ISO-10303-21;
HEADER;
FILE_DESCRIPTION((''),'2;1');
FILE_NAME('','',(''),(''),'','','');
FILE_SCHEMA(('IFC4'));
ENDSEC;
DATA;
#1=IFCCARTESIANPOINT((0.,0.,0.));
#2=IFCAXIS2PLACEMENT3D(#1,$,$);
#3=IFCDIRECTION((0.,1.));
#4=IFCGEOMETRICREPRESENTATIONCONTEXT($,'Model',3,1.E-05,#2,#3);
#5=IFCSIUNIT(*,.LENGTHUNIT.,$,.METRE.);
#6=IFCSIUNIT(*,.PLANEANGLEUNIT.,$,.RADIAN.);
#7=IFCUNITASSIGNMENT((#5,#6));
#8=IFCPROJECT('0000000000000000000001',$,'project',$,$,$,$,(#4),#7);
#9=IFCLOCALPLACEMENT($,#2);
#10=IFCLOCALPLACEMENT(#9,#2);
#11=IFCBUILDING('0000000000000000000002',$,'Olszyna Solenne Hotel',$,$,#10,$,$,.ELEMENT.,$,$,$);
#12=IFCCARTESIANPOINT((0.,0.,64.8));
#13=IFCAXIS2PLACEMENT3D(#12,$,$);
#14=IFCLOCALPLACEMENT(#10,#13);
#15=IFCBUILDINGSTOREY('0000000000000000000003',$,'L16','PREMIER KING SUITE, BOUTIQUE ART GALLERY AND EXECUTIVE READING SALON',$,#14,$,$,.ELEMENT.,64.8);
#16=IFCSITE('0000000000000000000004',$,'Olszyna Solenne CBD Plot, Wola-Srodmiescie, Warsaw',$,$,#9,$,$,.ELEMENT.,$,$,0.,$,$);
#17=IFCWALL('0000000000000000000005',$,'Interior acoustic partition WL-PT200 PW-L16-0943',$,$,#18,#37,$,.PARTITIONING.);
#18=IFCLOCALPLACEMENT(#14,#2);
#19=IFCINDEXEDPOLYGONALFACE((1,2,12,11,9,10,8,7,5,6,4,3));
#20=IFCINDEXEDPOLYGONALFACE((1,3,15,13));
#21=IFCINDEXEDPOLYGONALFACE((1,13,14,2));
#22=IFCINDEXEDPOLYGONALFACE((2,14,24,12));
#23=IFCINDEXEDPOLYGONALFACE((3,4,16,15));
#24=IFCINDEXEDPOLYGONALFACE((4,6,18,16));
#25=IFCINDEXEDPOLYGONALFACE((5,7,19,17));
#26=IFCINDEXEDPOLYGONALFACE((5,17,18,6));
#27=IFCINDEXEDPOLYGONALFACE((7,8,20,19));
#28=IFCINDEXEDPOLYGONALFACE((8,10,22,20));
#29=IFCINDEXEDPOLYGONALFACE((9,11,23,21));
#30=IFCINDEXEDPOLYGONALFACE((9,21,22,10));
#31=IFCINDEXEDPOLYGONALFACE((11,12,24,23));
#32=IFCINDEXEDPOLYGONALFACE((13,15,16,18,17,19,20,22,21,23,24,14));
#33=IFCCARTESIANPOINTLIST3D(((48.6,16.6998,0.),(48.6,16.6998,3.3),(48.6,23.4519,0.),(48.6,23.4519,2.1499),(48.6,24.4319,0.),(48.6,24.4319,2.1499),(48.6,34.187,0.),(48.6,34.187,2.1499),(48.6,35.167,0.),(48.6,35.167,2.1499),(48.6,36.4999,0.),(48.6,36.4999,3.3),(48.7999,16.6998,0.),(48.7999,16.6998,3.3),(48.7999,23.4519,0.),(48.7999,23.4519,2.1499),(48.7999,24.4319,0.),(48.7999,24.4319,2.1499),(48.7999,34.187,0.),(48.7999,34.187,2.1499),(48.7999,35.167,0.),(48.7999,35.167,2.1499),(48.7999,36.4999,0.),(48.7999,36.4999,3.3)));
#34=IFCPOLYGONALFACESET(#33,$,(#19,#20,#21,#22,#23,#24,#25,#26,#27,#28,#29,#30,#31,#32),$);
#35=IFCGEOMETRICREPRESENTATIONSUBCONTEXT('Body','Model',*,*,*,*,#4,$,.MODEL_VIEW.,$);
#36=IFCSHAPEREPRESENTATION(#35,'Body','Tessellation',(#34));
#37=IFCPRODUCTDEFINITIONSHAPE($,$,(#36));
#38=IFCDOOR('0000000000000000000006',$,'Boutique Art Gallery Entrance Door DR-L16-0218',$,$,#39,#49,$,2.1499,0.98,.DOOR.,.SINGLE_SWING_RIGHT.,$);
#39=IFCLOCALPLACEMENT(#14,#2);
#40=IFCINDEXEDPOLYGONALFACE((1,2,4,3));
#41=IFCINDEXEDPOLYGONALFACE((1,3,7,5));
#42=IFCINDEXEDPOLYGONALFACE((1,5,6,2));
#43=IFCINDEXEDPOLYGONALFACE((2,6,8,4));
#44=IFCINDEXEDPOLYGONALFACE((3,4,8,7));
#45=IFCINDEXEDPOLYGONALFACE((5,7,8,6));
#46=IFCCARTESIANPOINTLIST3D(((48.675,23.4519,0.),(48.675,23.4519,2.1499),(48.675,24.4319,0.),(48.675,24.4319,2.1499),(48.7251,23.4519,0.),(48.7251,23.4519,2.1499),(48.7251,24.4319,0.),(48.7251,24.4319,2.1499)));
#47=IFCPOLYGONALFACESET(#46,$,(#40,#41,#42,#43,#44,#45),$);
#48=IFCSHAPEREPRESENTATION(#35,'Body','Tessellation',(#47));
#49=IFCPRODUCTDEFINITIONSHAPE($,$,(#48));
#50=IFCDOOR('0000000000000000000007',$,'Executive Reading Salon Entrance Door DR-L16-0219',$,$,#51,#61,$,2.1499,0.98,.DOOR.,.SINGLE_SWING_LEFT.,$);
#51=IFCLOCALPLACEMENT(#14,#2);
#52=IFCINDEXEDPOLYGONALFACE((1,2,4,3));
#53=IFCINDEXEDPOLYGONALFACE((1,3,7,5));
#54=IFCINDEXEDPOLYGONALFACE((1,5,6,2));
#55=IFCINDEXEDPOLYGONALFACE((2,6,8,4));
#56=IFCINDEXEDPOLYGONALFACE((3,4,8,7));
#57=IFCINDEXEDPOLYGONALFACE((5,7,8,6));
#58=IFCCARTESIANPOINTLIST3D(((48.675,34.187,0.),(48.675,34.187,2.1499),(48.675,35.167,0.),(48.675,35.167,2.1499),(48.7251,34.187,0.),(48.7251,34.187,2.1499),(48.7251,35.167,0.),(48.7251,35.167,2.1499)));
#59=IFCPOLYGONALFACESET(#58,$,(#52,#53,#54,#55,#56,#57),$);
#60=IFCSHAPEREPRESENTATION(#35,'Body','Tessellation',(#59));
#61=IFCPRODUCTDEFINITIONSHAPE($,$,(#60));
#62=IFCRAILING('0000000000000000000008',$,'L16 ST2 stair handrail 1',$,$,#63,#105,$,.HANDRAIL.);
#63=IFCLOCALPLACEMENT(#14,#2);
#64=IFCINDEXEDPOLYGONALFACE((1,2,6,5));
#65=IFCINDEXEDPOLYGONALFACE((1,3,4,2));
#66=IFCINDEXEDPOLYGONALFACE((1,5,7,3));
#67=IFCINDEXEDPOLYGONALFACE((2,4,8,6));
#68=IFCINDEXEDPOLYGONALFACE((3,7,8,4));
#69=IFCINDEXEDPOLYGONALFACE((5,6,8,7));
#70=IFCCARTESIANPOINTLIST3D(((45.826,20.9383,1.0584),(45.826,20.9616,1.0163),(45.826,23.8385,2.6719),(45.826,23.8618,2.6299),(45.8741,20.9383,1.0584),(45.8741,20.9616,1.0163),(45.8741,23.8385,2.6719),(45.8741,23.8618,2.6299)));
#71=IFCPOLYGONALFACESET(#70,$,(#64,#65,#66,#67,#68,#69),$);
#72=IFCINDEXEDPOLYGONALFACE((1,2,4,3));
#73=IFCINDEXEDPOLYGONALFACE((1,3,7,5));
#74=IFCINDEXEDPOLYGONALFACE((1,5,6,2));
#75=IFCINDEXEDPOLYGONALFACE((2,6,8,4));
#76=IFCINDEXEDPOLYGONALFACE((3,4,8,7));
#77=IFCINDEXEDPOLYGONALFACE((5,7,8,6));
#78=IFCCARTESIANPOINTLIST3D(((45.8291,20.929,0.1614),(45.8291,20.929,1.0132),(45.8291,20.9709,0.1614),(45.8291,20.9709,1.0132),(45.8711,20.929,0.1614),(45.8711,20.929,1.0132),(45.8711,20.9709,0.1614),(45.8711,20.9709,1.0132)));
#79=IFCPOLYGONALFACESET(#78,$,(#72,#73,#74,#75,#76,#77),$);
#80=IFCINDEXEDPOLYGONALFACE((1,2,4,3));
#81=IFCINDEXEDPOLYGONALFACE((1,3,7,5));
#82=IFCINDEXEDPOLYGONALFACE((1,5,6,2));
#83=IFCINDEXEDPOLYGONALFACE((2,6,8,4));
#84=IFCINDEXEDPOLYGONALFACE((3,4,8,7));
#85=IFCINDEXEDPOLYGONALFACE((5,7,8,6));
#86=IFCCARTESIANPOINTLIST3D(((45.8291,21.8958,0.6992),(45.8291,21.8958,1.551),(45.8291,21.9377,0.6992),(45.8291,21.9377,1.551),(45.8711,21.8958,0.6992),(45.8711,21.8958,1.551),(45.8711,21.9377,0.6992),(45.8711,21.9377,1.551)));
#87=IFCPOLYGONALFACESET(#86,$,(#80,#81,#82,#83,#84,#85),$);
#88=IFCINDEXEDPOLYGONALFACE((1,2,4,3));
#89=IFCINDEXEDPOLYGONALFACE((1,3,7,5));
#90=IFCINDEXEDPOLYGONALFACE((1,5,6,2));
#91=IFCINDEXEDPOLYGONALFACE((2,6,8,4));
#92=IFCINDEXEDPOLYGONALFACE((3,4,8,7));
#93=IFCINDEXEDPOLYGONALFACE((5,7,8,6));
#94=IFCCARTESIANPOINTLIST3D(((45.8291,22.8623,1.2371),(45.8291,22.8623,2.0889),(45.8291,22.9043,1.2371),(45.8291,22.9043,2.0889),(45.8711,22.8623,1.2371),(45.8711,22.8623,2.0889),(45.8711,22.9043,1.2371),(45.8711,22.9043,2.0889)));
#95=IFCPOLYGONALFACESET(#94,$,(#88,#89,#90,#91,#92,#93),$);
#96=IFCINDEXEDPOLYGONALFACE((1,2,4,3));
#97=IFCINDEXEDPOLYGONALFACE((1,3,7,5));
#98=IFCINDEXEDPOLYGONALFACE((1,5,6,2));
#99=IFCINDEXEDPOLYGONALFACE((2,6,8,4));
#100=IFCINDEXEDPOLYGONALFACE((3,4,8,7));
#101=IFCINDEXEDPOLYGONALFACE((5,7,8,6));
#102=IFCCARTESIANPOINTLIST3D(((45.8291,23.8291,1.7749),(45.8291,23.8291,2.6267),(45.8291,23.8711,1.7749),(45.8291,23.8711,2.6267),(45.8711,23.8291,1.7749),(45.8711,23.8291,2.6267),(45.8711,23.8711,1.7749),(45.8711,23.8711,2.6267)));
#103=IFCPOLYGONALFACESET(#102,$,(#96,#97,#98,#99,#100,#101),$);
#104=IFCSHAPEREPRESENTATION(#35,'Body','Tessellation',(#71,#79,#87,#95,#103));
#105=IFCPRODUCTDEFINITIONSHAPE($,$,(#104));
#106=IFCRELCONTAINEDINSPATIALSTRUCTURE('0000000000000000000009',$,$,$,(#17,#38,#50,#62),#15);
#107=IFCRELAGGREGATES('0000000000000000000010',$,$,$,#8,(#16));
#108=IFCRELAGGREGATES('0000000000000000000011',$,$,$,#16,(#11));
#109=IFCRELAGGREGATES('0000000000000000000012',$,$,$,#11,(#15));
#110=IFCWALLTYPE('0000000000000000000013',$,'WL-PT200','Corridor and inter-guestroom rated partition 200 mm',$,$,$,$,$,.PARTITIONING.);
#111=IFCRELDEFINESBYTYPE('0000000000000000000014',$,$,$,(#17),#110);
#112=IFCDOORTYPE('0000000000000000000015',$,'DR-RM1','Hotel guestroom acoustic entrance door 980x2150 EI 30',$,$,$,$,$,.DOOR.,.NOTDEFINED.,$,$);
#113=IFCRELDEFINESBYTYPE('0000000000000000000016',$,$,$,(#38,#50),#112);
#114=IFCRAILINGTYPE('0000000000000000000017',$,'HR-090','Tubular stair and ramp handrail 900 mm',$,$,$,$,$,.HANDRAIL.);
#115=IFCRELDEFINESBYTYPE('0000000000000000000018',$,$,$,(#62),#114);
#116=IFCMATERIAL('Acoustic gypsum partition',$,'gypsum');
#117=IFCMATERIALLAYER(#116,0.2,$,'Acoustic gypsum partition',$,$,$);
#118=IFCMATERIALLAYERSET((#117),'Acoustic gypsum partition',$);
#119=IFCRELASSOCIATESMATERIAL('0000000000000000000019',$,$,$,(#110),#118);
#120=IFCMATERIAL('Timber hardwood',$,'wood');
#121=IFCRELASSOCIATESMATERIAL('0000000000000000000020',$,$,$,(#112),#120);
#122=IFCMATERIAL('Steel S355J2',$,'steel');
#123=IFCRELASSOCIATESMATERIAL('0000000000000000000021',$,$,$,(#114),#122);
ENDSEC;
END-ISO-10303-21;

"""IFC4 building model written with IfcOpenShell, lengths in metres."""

from ifc_helpers import new_model, si_unit, direction, frame, frame_2d, origin, origin_2d, place, context, subcontext, project, spatial, rectangle, extrude, source, transform, mapped, material, layer, layer_set, type_object, type_shapes, element, fill, save


model = new_model("IFC4")

# Units and contexts
model_context = context("Model", 3, precision=1e-05, world=origin(), true_north=direction((0.0, 1.0)))
body_context = subcontext(model_context, "Body", "Model", "MODEL_VIEW")
ifc_project = project(units=[si_unit("LENGTHUNIT", "METRE"), si_unit("PLANEANGLEUNIT", "RADIAN")], contexts=[model_context])

# Site, building, storey
site_placement = place(None, origin())
site = spatial("IfcSite", under=ifc_project, at=site_placement, Name="Olszyna Solenne CBD Plot, Wola-Srodmiescie, Warsaw", CompositionType="ELEMENT", RefElevation=0.0)
building_placement = place(site_placement, origin())
building = spatial("IfcBuilding", under=site, at=building_placement, Name="Olszyna Solenne Hotel", CompositionType="ELEMENT")
storey_placement = place(building_placement, frame((0.0, 0.0, 64.8)))
storey = spatial("IfcBuildingStorey", under=building, at=storey_placement, Name="L16", Description="PREMIER KING SUITE, BOUTIQUE ART GALLERY AND EXECUTIVE READING SALON", CompositionType="ELEMENT", Elevation=64.8)

# Shared definitions
ifc_material_1 = material(Name="Steel S355J2", Category="steel")

# Shared definitions
ifc_material_2 = material(Name="Acoustic gypsum partition", Category="gypsum")
ifc_layer_1 = layer(ifc_material_2, 0.2, Name="Acoustic gypsum partition")
ifc_layer_set_1 = layer_set([ifc_layer_1], Name="Acoustic gypsum partition")
wall_type_1 = type_object("IfcWallType", Name="WL-PT200", Description="Corridor and inter-guestroom rated partition 200 mm", PredefinedType="PARTITIONING", material=ifc_layer_set_1)

# Wall, openings, doors
wall_1_placement = place(storey_placement, frame((48.7, 16.7, 0.0), z_axis=(0.0, 0.0, 1.0), x_axis=(0.0, 1.0, 0.0)))
wall_1 = element("IfcWall", 1, at=wall_1_placement, inside=storey, type_object=wall_type_1, Name="Interior acoustic partition WL-PT200 PW-L16-0943", PredefinedType="PARTITIONING", context=body_context, shape_type="SweptSolid", body=[
    extrude(rectangle(XDim=19.8, YDim=0.2, at=frame_2d((9.8999, 0.0))), origin(), (0.0, 0.0, 1.0), 3.3),
])
opening_1_placement = place(wall_1_placement, frame((6.752, 0.0, 0.0)))
opening_1 = element("IfcOpeningElement", 2, at=opening_1_placement, cuts=wall_1, PredefinedType="OPENING", context=body_context, shape_type="SweptSolid", body=[
    extrude(rectangle(XDim=0.98, YDim=2.1499, at=frame_2d((0.49, 1.075))), frame((0.0, 0.1099, 0.0), z_axis=(0.0, -1.0, 0.0), x_axis=(1.0, 0.0, 0.0)), (0.0, 0.0, 1.0), 0.22),
])
opening_2_placement = place(wall_1_placement, frame((17.4871, 0.0, 0.0)))
opening_2 = element("IfcOpeningElement", 3, at=opening_2_placement, cuts=wall_1, PredefinedType="OPENING", context=body_context, shape_type="SweptSolid", body=[
    extrude(rectangle(XDim=0.98, YDim=2.1499, at=frame_2d((0.49, 1.075))), frame((0.0, 0.1099, 0.0), z_axis=(0.0, -1.0, 0.0), x_axis=(1.0, 0.0, 0.0)), (0.0, 0.0, 1.0), 0.22),
])
ifc_material_3 = material(Name="Timber hardwood", Category="wood")
door_type_1 = type_object("IfcDoorType", Name="DR-RM1", Description="Hotel guestroom acoustic entrance door 980x2150 EI 30", OperationType="NOTDEFINED", PredefinedType="DOOR", material=ifc_material_3)
shared_shape_1 = source(origin(), body_context, "Body", "SweptSolid", [
    extrude(rectangle(XDim=0.98, YDim=2.1499, at=frame_2d((0.49, 1.075))), frame((0.0, 0.0249, 0.0), z_axis=(0.0, -1.0, 0.0), x_axis=(1.0, 0.0, 0.0)), (0.0, 0.0, 1.0), 0.05),
])
type_shapes(door_type_1, [shared_shape_1])
door_1_placement = place(opening_1_placement, origin())
door_1 = element("IfcDoor", 4, at=door_1_placement, inside=storey, type_object=door_type_1, Name="Boutique Art Gallery Entrance Door DR-L16-0218", OperationType="SINGLE_SWING_RIGHT", OverallHeight=2.1499, OverallWidth=0.98, PredefinedType="DOOR", context=body_context, shape_type="MappedRepresentation", body=[
    mapped(shared_shape_1, transform((0.0, 0.0, 0.0), x_axis=(1.0, 0.0, 0.0), y_axis=(0.0, 1.0, 0.0), z_axis=(0.0, 0.0, 1.0), scale=1.0)),
])
fill(opening_1, door_1)
door_2_placement = place(opening_2_placement, origin())
door_2 = element("IfcDoor", 5, at=door_2_placement, inside=storey, type_object=door_type_1, Name="Executive Reading Salon Entrance Door DR-L16-0219", OperationType="SINGLE_SWING_LEFT", OverallHeight=2.1499, OverallWidth=0.98, PredefinedType="DOOR", context=body_context, shape_type="MappedRepresentation", body=[
    mapped(shared_shape_1, transform((0.0, 0.0, 0.0), x_axis=(1.0, 0.0, 0.0), y_axis=(0.0, 1.0, 0.0), z_axis=(0.0, 0.0, 1.0), scale=1.0)),
])
fill(opening_2, door_2)

# Railing
railing_type = type_object("IfcRailingType", Name="HR-090", Description="Tubular stair and ramp handrail 900 mm", PredefinedType="HANDRAIL", material=ifc_material_1)
railing_placement = place(storey_placement, frame((45.8501, 20.95, 0.1614)))
element("IfcRailing", 6, at=railing_placement, inside=storey, type_object=railing_type, Name="L16 ST2 stair handrail 1", PredefinedType="HANDRAIL", context=body_context, shape_type="SweptSolid", body=[
    extrude(rectangle(XDim=0.0481, YDim=0.0481, at=origin_2d()), frame((0.0, 0.0, 0.876), z_axis=(0.0, 0.873859, 0.48618), x_axis=(-1.0, 0.0, 0.0)), (0.0, 0.0, 1.0), 3.3188),
    extrude(rectangle(XDim=0.042, YDim=0.042, at=origin_2d()), origin(), (0.0, 0.0, 1.0), 0.8518),
    extrude(rectangle(XDim=0.042, YDim=0.042, at=origin_2d()), frame((0.0, 0.9668, 0.5378)), (0.0, 0.0, 1.0), 0.8518),
    extrude(rectangle(XDim=0.042, YDim=0.042, at=origin_2d()), frame((0.0, 1.9333, 1.0757)), (0.0, 0.0, 1.0), 0.8518),
    extrude(rectangle(XDim=0.042, YDim=0.042, at=origin_2d()), frame((0.0, 2.9001, 1.6135)), (0.0, 0.0, 1.0), 0.8518),
])

save(model, "model.ifc")
